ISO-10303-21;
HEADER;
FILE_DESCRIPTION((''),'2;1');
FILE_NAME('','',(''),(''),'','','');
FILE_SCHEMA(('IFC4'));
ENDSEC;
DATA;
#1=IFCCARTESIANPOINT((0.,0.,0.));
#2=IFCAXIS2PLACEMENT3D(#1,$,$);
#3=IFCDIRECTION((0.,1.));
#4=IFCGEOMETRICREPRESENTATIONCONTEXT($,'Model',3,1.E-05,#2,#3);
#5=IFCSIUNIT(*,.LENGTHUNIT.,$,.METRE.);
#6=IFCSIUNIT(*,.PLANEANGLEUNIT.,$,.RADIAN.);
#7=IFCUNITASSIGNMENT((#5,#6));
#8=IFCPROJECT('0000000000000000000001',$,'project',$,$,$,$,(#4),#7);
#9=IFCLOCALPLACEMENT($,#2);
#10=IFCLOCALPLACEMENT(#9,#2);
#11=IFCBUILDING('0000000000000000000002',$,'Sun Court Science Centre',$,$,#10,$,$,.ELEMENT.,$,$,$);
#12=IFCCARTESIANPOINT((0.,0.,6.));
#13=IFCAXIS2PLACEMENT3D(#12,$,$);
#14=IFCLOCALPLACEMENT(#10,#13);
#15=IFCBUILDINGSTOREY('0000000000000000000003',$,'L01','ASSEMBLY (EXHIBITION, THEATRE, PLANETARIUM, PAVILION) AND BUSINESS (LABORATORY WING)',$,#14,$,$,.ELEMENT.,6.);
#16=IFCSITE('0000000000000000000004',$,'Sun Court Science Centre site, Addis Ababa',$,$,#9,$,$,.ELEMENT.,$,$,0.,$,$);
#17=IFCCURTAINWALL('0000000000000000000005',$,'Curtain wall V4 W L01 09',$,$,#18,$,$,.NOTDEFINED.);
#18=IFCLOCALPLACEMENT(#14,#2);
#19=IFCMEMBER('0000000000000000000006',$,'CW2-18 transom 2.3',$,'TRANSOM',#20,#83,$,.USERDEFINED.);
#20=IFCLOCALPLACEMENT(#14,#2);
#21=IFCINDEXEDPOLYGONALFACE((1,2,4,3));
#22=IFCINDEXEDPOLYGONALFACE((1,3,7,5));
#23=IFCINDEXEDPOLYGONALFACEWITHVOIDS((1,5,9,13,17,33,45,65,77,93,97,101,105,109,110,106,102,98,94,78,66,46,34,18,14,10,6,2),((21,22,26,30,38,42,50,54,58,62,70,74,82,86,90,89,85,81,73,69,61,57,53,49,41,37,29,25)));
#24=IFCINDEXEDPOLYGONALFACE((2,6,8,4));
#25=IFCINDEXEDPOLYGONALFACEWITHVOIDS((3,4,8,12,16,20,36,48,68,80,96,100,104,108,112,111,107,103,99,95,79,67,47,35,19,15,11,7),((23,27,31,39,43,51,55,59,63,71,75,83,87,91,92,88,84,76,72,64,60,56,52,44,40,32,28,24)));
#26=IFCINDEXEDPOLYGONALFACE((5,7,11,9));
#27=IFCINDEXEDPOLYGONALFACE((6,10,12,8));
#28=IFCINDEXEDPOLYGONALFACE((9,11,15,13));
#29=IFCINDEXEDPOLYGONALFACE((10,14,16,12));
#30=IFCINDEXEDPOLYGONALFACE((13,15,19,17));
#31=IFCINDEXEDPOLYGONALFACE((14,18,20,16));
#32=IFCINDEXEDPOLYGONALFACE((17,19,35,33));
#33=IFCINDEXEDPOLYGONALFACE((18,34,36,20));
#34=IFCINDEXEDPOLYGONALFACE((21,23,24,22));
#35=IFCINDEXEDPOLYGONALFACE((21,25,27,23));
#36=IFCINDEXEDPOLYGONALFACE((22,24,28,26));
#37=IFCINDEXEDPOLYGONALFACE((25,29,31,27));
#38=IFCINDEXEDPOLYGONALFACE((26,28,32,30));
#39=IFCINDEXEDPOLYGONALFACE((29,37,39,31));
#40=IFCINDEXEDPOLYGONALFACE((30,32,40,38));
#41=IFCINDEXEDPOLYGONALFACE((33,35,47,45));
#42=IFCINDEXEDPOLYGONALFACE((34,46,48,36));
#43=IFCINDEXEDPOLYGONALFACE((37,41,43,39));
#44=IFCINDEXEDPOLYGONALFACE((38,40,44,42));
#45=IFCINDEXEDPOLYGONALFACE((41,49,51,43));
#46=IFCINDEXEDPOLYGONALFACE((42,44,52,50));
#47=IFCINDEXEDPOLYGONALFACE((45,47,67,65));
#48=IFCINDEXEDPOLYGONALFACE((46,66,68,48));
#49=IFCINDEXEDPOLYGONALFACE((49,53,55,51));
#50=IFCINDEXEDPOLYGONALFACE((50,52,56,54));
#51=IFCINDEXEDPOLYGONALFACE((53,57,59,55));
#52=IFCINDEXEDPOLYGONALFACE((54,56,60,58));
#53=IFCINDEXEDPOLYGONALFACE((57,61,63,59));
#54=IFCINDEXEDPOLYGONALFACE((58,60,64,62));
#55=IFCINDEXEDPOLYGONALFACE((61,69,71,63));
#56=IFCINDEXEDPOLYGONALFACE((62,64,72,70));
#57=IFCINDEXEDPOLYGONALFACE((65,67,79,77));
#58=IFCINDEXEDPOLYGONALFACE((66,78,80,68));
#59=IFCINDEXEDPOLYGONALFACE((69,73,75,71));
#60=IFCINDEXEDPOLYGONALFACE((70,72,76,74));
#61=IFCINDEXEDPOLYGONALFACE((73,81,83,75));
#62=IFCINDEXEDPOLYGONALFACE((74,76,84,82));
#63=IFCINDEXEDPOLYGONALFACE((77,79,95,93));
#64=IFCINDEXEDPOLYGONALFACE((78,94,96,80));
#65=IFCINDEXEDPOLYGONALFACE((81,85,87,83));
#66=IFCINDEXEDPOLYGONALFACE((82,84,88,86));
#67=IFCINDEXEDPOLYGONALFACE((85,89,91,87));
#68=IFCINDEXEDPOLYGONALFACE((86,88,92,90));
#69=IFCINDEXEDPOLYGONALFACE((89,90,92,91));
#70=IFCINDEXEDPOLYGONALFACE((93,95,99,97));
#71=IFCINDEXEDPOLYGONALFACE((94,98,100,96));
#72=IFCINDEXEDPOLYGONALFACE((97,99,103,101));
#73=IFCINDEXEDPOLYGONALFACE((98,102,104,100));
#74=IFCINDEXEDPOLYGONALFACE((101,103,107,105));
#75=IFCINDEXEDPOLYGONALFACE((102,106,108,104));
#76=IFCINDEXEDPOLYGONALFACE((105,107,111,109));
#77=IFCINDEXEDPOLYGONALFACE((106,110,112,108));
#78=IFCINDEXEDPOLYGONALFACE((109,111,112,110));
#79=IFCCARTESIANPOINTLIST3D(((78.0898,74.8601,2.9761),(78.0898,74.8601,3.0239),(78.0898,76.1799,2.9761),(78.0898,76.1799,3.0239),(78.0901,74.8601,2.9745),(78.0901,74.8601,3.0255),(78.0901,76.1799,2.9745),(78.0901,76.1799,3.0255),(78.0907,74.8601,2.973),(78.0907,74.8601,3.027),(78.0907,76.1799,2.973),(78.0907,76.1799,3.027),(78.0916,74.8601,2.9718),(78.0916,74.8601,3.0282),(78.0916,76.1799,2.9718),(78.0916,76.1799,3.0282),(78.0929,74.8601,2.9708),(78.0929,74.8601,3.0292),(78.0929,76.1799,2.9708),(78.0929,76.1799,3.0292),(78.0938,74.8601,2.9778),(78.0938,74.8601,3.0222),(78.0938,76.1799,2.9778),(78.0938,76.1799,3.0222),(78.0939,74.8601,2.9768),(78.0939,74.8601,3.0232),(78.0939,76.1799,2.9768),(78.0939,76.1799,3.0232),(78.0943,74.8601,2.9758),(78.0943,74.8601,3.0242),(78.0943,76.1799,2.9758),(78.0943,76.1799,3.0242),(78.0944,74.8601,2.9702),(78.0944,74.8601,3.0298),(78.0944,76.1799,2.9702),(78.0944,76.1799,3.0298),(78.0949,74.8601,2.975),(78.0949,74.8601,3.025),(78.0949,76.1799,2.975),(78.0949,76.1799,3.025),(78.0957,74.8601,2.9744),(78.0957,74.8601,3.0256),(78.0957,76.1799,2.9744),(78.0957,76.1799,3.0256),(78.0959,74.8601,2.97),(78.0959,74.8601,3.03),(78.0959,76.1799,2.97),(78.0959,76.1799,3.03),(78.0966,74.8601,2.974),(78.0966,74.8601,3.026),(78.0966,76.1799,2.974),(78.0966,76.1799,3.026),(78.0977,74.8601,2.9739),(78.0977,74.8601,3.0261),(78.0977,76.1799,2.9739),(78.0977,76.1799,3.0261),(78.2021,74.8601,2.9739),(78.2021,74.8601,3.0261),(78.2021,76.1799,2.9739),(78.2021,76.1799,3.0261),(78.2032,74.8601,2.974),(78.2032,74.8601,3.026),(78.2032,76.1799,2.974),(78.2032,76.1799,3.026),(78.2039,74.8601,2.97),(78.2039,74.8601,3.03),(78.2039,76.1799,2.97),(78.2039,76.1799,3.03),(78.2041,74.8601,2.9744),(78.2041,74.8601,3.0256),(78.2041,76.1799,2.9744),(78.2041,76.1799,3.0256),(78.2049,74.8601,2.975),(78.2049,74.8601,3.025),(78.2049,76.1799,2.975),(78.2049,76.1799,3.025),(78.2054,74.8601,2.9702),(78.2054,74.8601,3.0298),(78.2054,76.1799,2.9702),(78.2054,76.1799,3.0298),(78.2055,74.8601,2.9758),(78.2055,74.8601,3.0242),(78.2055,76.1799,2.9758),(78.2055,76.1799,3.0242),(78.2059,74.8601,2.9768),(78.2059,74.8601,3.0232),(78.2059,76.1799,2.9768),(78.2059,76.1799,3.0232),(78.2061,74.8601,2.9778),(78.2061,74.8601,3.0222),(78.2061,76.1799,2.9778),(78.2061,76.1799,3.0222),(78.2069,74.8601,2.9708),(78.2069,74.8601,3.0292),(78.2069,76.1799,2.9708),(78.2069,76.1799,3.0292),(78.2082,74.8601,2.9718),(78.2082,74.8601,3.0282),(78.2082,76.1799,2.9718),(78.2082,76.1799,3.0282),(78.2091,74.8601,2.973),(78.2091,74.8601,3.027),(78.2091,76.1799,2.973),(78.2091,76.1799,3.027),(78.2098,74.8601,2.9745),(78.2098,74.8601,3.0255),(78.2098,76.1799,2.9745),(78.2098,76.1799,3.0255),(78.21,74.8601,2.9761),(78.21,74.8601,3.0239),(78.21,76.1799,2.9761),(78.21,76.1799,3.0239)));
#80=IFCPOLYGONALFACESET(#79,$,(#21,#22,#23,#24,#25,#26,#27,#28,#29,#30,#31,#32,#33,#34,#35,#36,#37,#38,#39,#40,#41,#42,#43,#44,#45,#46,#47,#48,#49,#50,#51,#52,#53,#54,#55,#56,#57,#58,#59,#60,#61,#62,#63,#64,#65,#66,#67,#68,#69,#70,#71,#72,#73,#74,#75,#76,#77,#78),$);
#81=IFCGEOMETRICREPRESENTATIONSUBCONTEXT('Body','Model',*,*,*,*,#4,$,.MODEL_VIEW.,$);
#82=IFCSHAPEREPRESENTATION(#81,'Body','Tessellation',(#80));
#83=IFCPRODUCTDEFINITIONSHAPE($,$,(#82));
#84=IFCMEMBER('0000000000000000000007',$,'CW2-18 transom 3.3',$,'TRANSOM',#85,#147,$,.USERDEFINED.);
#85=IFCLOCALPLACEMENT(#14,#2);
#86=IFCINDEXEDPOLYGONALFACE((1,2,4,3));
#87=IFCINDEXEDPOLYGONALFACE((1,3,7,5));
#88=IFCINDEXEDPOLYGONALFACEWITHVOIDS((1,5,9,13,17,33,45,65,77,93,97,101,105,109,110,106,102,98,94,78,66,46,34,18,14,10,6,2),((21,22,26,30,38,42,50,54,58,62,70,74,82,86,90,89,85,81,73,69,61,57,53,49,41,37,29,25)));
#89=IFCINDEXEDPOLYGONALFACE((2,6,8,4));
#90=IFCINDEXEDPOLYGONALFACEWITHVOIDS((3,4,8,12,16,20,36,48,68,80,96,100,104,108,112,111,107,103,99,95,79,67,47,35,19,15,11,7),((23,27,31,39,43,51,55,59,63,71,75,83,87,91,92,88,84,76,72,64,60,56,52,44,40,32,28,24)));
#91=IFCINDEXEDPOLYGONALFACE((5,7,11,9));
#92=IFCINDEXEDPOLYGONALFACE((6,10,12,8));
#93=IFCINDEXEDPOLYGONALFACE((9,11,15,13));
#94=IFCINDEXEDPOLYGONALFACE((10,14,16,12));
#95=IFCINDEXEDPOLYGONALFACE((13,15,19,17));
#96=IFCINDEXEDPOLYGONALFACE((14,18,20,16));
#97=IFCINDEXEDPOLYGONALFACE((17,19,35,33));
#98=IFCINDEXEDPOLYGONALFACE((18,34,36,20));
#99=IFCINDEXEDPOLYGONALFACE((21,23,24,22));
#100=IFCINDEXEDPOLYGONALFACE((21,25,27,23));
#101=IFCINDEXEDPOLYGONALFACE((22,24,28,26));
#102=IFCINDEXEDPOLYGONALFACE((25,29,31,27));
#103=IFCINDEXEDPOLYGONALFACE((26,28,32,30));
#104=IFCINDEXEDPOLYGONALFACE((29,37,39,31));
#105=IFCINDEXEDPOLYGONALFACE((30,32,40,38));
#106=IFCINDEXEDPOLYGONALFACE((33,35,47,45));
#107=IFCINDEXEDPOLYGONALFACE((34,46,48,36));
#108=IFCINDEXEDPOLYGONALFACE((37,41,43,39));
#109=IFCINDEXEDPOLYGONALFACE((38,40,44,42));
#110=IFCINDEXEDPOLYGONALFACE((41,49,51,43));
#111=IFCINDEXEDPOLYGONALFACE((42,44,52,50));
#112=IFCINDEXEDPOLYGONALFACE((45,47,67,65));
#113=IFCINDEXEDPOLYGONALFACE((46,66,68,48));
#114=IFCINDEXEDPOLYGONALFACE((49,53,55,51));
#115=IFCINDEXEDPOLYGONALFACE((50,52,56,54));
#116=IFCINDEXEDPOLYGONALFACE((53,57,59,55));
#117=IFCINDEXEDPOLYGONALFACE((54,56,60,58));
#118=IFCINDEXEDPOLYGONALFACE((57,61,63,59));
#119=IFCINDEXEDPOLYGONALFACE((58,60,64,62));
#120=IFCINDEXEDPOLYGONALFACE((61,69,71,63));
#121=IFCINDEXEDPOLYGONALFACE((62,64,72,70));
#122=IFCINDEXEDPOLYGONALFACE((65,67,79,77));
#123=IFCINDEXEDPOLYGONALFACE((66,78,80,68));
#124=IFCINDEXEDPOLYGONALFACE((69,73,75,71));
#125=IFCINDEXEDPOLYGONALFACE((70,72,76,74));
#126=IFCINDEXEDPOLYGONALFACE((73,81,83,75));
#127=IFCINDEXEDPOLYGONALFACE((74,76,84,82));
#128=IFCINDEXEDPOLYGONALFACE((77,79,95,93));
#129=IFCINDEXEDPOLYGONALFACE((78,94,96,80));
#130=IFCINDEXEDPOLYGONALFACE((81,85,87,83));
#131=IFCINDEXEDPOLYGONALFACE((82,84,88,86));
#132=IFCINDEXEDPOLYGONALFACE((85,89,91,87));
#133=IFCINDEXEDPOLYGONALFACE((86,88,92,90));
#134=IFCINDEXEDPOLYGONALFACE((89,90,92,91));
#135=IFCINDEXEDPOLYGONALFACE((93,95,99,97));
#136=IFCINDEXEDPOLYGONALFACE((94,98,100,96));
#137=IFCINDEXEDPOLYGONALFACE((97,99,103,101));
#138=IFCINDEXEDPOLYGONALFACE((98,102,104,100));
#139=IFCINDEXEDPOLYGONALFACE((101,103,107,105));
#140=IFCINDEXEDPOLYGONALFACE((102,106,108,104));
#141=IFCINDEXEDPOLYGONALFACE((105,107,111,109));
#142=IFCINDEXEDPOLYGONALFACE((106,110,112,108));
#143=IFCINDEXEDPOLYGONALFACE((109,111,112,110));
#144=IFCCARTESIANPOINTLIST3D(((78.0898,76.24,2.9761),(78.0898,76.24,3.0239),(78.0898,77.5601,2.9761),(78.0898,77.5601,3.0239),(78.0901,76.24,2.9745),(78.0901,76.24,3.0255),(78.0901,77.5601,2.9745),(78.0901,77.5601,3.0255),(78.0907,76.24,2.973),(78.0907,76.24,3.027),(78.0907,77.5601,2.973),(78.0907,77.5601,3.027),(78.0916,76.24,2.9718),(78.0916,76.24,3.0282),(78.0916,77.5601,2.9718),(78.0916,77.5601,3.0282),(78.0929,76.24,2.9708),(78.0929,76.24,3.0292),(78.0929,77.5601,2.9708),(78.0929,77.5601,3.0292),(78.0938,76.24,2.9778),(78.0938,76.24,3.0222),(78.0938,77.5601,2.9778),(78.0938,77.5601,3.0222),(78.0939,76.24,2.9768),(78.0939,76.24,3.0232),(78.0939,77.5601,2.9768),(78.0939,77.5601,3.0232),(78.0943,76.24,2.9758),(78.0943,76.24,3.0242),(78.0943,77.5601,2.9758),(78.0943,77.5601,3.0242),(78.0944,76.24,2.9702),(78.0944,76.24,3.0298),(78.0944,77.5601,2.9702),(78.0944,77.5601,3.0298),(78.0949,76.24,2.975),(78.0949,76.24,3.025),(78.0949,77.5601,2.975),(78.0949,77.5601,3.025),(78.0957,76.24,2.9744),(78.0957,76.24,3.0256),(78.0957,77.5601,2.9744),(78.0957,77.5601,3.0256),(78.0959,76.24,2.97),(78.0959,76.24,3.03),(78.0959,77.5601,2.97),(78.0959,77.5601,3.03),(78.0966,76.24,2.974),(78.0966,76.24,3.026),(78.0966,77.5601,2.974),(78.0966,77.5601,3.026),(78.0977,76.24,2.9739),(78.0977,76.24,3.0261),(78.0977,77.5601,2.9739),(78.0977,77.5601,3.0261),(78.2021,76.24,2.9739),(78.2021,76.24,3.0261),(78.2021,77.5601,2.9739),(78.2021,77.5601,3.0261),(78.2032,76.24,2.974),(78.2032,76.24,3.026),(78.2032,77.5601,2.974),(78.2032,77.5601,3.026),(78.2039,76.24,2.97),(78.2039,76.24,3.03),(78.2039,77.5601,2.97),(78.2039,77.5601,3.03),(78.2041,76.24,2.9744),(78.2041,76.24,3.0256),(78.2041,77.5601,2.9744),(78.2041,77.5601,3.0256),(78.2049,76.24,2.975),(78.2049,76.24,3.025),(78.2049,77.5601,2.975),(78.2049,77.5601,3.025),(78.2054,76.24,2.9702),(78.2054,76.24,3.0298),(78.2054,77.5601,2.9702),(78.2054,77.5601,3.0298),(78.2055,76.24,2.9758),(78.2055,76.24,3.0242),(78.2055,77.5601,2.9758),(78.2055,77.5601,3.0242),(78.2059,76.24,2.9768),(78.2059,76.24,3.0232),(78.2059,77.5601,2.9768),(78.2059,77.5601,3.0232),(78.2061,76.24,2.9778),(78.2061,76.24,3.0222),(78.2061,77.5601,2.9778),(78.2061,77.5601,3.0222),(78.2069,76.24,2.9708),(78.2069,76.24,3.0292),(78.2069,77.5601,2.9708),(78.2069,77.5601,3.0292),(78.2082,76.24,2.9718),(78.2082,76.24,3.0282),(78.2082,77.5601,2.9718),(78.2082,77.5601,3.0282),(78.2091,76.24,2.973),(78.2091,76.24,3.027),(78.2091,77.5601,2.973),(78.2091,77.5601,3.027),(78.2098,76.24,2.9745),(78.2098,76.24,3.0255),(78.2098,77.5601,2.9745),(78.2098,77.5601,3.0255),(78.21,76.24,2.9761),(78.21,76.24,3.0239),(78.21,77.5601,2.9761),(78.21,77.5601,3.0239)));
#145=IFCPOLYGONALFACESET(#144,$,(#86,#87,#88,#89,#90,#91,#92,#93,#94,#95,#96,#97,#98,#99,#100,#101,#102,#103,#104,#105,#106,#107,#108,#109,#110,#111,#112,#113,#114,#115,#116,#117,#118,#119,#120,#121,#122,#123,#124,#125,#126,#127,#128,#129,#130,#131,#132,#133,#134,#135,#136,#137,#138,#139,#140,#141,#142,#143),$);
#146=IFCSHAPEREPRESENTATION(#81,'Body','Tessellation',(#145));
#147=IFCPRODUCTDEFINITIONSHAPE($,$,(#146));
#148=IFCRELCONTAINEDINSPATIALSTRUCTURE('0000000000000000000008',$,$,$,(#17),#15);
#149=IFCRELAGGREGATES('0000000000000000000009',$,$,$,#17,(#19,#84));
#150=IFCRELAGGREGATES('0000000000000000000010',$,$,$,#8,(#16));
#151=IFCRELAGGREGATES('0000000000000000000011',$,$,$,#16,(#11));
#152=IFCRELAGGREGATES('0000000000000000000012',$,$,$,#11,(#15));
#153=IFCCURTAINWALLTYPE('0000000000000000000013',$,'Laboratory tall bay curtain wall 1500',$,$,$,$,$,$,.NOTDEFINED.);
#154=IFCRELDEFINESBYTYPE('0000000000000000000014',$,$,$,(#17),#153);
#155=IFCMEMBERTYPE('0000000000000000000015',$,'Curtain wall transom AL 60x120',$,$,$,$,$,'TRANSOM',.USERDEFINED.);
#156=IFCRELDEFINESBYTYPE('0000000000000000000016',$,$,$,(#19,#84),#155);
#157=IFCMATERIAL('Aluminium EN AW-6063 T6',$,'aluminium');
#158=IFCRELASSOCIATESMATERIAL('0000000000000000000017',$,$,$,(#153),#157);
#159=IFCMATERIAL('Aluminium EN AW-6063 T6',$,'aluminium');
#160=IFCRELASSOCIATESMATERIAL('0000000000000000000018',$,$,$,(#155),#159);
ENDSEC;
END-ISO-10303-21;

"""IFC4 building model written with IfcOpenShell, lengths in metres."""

from ifc_helpers import new_model, si_unit, direction, frame, origin, origin_2d, place, context, subcontext, project, spatial, hollow_rectangle, extrude, material, material_profile, profile_set, type_object, element, aggregate, save


model = new_model("IFC4")

# Units and contexts
model_context = context("Model", 3, precision=1e-05, world=origin(), true_north=direction((0.0, 1.0)))
body_context = subcontext(model_context, "Body", "Model", "MODEL_VIEW")
ifc_project = project(units=[si_unit("LENGTHUNIT", "METRE"), si_unit("PLANEANGLEUNIT", "RADIAN")], contexts=[model_context])

# Site, building, storey
site_placement = place(None, origin())
site = spatial("IfcSite", under=ifc_project, at=site_placement, Name="Sun Court Science Centre site, Addis Ababa", CompositionType="ELEMENT", RefElevation=0.0)
building_placement = place(site_placement, origin())
building = spatial("IfcBuilding", under=site, at=building_placement, Name="Sun Court Science Centre", CompositionType="ELEMENT")
storey_placement = place(building_placement, frame((0.0, 0.0, 6.0)))
storey = spatial("IfcBuildingStorey", under=building, at=storey_placement, Name="L01", Description="ASSEMBLY (EXHIBITION, THEATRE, PLANETARIUM, PAVILION) AND BUSINESS (LABORATORY WING)", CompositionType="ELEMENT", Elevation=6.0)

# Shared definitions
ifc_material_1 = material(Name="Aluminium EN AW-6063 T6", Category="aluminium")
curtain_wall_type = type_object("IfcCurtainWallType", Name="Laboratory tall bay curtain wall 1500", PredefinedType="NOTDEFINED", material=ifc_material_1)

# Curtain wall
curtain_wall_1_placement = place(storey_placement, origin())
curtain_wall_1 = element("IfcCurtainWall", 1, at=curtain_wall_1_placement, inside=storey, type_object=curtain_wall_type, Name="Curtain wall V4 W L01 09", PredefinedType="NOTDEFINED")

# Members
ifc_material_2 = material(Name="Aluminium EN AW-6063 T6", Category="aluminium")
ifc_material_profile_1 = material_profile(ifc_material_2, hollow_rectangle(XDim=0.0601, YDim=0.1201, WallThickness=0.0039, InnerFilletRadius=0.0039, OuterFilletRadius=0.0061, at=origin_2d()), Name="AL 60x120x4")
ifc_profile_set_1 = profile_set([ifc_material_profile_1], Name="Aluminium EN AW-6063 T6")
member_type_1 = type_object("IfcMemberType", Name="Curtain wall transom AL 60x120", ElementType="TRANSOM", PredefinedType="USERDEFINED", material=ifc_profile_set_1)
member_1_placement = place(storey_placement, frame((78.1499, 74.8601, 3.0), z_axis=(0.0, 1.0, 0.0), x_axis=(0.0, 0.0, 1.0)))
member_1 = element("IfcMember", 2, at=member_1_placement, type_object=member_type_1, Name="CW2-18 transom 2.3", ObjectType="TRANSOM", PredefinedType="USERDEFINED", context=body_context, shape_type="SweptSolid", body=[
    extrude(hollow_rectangle(XDim=0.0601, YDim=0.1201, WallThickness=0.0039, InnerFilletRadius=0.0039, OuterFilletRadius=0.0061, at=origin_2d()), origin(), (0.0, 0.0, 1.0), 1.3198),
])
member_2_placement = place(storey_placement, frame((78.1499, 76.24, 3.0), z_axis=(0.0, 1.0, 0.0), x_axis=(0.0, 0.0, 1.0)))
member_2 = element("IfcMember", 3, at=member_2_placement, type_object=member_type_1, Name="CW2-18 transom 3.3", ObjectType="TRANSOM", PredefinedType="USERDEFINED", context=body_context, shape_type="SweptSolid", body=[
    extrude(hollow_rectangle(XDim=0.0601, YDim=0.1201, WallThickness=0.0039, InnerFilletRadius=0.0039, OuterFilletRadius=0.0061, at=origin_2d()), origin(), (0.0, 0.0, 1.0), 1.3201),
])

aggregate(curtain_wall_1, [member_1, member_2])

save(model, "model.ifc")
